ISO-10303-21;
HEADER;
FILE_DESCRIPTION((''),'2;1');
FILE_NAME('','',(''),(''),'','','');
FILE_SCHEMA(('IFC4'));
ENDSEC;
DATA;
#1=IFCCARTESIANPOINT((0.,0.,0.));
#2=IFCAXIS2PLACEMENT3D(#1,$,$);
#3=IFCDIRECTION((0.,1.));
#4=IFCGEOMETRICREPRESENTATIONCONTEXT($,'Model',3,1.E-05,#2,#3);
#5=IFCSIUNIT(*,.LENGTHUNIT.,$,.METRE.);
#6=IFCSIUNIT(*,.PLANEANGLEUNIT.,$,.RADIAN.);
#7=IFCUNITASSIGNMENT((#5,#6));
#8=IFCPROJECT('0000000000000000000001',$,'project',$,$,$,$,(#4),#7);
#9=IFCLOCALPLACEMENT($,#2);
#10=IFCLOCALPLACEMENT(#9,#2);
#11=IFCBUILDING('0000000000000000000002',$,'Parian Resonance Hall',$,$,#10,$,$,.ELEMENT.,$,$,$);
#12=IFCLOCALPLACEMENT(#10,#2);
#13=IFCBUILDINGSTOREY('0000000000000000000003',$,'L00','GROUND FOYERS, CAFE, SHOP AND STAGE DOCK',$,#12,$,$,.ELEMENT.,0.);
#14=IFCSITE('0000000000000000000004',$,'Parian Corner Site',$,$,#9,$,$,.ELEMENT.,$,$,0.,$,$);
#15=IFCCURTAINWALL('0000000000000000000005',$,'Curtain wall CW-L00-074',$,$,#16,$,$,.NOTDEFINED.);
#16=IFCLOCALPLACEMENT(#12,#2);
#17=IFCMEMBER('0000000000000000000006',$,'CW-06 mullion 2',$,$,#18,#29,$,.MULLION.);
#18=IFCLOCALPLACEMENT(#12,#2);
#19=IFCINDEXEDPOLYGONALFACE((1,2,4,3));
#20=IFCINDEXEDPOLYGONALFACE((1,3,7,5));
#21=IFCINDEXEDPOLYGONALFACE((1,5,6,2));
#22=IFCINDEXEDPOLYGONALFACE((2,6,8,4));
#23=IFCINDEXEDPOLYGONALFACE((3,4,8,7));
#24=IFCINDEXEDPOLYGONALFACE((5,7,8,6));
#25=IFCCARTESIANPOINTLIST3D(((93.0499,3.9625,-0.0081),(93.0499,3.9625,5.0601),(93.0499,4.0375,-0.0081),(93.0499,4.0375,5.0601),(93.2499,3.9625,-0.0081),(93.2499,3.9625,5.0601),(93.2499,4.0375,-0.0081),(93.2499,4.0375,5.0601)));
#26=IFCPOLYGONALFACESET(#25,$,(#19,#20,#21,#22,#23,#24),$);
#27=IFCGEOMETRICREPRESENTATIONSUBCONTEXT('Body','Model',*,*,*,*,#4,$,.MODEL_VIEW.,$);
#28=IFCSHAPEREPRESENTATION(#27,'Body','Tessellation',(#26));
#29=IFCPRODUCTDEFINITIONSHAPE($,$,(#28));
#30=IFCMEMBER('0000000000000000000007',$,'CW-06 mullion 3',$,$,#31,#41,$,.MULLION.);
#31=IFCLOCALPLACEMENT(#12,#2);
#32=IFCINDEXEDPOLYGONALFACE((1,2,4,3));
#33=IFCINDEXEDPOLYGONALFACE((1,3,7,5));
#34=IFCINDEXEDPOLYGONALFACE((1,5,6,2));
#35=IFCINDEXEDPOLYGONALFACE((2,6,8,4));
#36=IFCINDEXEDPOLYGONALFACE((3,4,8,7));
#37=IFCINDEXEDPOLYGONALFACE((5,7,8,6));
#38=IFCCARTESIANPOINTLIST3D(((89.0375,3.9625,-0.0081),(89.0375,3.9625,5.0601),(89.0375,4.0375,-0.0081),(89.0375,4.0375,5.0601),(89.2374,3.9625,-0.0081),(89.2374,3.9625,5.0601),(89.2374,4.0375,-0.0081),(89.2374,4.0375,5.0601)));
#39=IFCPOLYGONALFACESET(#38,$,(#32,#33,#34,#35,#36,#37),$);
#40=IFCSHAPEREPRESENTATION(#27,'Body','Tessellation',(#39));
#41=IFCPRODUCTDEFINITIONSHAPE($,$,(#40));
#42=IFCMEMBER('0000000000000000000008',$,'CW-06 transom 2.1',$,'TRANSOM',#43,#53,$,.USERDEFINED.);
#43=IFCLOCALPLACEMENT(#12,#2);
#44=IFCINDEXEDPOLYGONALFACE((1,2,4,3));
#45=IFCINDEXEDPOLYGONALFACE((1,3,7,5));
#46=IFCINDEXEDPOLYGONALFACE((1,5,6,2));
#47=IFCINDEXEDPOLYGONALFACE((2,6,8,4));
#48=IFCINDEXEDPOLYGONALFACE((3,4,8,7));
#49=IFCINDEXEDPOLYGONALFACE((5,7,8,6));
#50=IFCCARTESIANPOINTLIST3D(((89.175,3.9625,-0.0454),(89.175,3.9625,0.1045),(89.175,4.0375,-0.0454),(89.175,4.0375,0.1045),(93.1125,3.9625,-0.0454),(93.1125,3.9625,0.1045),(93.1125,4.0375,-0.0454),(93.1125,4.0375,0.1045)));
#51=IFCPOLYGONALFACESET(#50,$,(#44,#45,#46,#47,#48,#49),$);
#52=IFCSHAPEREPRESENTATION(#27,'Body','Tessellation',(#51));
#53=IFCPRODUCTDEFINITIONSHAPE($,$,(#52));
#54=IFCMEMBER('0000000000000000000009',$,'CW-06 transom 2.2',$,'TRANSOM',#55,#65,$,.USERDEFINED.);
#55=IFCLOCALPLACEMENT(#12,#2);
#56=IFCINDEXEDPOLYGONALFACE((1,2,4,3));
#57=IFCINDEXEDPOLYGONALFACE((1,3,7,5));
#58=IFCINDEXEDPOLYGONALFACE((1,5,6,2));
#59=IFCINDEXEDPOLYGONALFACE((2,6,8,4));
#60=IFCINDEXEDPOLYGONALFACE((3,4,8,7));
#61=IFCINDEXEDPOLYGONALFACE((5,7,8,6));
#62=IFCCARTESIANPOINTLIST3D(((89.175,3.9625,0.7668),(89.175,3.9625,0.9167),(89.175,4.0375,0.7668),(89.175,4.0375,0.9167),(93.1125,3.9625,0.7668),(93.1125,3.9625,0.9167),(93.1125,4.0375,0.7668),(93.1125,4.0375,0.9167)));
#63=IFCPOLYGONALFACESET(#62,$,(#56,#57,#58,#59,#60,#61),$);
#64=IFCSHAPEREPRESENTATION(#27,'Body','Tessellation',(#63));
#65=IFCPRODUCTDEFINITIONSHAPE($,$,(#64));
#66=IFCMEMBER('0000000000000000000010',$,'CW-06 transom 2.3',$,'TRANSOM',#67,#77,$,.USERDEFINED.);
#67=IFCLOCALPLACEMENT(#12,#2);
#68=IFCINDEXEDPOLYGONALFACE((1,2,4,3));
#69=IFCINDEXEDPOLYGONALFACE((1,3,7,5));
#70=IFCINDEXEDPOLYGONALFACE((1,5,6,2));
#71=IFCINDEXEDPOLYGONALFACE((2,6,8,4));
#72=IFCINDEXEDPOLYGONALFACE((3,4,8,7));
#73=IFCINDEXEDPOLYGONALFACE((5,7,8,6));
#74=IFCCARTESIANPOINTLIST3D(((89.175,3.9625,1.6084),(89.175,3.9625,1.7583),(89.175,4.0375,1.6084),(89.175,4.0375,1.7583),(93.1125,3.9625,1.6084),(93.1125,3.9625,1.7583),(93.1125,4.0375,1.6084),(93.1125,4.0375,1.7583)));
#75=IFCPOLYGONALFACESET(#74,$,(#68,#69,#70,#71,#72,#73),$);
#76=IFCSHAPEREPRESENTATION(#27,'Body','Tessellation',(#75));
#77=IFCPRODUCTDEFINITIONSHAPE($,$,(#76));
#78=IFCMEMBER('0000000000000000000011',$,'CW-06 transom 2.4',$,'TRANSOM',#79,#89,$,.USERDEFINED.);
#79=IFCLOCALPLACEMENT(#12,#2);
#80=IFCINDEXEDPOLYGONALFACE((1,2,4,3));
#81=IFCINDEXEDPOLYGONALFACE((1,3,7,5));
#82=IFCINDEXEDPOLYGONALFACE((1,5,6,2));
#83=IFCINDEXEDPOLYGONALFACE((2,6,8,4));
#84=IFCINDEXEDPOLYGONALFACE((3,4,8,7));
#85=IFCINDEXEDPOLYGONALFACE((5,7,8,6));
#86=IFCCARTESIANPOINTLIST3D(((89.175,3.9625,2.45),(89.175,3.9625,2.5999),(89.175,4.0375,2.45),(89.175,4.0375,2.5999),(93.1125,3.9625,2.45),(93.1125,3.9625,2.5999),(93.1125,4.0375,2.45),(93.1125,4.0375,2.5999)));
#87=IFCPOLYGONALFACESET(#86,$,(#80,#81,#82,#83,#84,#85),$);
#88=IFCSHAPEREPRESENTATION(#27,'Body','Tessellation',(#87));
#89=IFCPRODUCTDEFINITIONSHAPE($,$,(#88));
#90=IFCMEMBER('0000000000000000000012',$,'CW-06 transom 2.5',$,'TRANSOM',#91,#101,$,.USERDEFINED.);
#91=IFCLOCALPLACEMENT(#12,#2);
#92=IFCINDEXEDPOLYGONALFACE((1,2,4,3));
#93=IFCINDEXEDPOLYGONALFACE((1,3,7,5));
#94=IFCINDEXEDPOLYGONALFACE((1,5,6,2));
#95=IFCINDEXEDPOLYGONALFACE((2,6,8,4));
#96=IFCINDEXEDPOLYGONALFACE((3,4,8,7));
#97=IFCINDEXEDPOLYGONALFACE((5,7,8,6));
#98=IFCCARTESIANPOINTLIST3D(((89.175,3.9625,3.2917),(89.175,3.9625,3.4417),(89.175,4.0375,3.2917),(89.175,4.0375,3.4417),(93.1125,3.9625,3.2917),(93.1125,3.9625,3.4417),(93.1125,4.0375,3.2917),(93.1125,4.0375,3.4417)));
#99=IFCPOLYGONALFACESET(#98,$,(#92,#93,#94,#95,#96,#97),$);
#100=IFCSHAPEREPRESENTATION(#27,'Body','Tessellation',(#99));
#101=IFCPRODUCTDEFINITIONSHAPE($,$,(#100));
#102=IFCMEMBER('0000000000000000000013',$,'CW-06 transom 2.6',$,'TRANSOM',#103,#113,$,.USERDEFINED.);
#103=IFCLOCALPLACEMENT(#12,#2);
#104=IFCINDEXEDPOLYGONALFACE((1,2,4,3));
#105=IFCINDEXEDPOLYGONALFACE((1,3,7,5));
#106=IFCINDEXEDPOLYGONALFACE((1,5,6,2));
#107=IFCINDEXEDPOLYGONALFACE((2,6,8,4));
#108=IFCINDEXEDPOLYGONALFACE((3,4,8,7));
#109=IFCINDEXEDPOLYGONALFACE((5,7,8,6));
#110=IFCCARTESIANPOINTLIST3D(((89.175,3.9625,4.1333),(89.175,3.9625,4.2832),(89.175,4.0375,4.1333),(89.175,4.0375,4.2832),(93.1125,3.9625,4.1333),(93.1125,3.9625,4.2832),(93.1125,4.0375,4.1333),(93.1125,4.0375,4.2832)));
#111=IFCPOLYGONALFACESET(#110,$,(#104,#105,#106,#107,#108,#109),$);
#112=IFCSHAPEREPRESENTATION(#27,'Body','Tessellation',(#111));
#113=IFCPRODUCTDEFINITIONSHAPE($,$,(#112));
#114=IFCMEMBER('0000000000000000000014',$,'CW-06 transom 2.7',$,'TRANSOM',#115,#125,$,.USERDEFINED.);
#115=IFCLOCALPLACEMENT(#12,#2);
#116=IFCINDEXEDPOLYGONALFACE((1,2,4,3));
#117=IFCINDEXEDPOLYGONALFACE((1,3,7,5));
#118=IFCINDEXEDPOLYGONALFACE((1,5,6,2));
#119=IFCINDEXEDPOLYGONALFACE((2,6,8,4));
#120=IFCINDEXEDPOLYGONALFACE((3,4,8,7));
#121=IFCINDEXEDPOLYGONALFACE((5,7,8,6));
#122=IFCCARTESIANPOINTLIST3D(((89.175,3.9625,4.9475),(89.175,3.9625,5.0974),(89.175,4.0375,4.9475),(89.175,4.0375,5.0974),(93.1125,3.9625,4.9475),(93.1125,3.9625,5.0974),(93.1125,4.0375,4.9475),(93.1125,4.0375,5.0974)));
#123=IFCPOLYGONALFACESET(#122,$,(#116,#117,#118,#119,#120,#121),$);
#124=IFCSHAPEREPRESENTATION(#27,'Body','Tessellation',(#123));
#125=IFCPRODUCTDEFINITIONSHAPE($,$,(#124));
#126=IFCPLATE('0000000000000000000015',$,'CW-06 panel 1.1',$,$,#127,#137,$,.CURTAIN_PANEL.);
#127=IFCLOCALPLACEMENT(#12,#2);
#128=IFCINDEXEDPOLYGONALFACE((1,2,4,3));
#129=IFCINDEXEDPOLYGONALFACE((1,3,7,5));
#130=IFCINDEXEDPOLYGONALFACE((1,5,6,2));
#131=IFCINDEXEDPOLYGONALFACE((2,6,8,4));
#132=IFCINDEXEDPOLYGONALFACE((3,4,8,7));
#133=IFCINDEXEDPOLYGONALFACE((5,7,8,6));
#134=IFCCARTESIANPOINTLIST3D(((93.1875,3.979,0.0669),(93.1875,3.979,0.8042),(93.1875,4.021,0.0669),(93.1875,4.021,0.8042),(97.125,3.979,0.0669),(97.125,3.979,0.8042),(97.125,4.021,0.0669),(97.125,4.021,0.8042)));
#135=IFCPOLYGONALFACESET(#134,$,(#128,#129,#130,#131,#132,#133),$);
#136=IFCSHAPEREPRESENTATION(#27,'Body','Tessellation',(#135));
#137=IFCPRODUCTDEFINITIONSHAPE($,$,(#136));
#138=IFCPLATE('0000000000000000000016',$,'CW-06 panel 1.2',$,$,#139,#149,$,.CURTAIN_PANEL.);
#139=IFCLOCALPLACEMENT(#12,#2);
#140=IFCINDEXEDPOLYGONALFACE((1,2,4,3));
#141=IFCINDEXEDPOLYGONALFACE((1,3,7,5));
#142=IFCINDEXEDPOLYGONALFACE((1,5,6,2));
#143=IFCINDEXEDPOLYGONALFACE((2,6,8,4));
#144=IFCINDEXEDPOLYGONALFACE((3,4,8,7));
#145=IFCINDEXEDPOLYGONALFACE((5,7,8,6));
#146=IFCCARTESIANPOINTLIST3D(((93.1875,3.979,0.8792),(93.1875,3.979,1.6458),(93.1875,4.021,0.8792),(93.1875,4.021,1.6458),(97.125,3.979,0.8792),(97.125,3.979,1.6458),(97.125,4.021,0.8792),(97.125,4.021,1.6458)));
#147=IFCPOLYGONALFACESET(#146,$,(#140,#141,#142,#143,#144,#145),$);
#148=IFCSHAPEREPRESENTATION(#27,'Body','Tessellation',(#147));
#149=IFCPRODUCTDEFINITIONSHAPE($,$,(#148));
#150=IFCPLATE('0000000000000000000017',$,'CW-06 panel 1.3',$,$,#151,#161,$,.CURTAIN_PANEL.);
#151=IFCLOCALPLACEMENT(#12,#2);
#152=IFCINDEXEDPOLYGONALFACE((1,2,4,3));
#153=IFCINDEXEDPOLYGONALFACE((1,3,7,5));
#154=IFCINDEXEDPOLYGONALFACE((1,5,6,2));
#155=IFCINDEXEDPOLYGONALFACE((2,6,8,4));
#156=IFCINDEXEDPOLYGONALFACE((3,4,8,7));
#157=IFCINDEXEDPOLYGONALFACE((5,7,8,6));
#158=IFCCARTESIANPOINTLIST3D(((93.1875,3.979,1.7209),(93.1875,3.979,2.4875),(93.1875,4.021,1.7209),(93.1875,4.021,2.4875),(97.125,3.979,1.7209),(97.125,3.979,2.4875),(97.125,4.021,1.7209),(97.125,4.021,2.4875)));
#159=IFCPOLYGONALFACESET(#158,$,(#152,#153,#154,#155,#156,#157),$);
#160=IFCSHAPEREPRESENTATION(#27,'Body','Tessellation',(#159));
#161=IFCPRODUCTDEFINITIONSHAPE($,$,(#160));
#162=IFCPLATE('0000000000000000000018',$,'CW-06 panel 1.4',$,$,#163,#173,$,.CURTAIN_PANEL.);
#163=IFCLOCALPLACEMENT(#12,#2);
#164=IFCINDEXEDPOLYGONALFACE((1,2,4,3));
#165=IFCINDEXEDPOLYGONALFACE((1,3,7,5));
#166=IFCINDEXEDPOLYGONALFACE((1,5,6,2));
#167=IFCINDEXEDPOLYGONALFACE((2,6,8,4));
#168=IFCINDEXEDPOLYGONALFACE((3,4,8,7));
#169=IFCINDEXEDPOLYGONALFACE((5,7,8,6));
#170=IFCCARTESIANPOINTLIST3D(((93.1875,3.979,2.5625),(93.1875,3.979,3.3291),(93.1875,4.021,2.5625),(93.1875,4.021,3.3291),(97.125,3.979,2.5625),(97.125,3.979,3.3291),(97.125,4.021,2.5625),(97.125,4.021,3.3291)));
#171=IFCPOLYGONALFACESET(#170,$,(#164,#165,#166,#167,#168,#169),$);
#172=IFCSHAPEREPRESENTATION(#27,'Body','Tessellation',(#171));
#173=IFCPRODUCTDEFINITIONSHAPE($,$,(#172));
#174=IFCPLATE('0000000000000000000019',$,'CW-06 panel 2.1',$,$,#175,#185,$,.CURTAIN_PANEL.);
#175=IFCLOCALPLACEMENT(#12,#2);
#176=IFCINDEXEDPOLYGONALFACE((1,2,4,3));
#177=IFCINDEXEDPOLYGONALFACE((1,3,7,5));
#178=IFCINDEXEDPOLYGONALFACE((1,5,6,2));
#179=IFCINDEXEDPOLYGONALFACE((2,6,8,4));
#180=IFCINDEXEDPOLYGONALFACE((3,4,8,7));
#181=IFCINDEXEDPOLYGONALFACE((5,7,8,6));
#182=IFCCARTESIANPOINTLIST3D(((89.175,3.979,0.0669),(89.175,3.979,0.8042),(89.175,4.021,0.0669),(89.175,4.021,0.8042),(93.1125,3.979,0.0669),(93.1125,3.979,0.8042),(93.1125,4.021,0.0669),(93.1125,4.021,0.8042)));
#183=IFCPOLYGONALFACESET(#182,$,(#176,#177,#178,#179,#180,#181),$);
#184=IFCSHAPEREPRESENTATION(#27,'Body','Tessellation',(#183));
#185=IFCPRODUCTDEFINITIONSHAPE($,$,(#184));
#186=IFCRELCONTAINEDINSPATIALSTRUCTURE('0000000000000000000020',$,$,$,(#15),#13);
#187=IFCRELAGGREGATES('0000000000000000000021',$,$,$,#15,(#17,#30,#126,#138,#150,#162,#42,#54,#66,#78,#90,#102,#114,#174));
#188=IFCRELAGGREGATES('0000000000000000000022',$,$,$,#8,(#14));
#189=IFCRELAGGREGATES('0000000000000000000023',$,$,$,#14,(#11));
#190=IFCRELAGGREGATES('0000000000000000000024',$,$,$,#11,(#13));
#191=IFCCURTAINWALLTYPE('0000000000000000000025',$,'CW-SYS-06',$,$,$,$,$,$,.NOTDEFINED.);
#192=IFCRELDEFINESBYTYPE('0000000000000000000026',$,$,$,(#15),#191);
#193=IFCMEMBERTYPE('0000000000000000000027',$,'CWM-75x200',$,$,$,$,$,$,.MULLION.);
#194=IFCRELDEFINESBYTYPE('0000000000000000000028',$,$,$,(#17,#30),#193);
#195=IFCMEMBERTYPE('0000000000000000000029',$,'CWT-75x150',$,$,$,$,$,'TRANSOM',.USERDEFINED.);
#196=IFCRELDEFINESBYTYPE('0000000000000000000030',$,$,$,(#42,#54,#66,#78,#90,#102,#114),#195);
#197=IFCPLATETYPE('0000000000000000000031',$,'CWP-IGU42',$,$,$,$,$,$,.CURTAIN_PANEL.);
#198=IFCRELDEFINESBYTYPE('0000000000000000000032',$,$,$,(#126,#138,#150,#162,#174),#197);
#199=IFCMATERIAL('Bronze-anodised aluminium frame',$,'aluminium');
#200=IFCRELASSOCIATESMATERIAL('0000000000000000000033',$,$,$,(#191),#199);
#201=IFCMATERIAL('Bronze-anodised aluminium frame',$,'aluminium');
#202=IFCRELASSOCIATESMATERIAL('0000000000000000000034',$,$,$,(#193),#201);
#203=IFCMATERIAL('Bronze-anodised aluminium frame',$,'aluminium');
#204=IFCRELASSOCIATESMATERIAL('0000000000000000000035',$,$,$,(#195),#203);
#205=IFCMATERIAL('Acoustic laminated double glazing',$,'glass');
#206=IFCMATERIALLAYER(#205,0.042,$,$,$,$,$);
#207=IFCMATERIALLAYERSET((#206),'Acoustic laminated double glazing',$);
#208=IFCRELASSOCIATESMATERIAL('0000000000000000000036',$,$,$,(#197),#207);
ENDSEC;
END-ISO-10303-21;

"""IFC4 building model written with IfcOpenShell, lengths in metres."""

from ifc_helpers import new_model, si_unit, direction, frame, origin, origin_2d, place, context, subcontext, project, spatial, rectangle, extrude, material, layer, layer_set, material_profile, profile_set, type_object, element, aggregate, save


model = new_model("IFC4")

# Units and contexts
model_context = context("Model", 3, precision=1e-05, world=origin(), true_north=direction((0.0, 1.0)))
body_context = subcontext(model_context, "Body", "Model", "MODEL_VIEW")
ifc_project = project(units=[si_unit("LENGTHUNIT", "METRE"), si_unit("PLANEANGLEUNIT", "RADIAN")], contexts=[model_context])

# Site, building, storey
site_placement = place(None, origin())
site = spatial("IfcSite", under=ifc_project, at=site_placement, Name="Parian Corner Site", CompositionType="ELEMENT", RefElevation=0.0)
building_placement = place(site_placement, origin())
building = spatial("IfcBuilding", under=site, at=building_placement, Name="Parian Resonance Hall", CompositionType="ELEMENT")
storey_placement = place(building_placement, origin())
storey = spatial("IfcBuildingStorey", under=building, at=storey_placement, Name="L00", Description="GROUND FOYERS, CAFE, SHOP AND STAGE DOCK", CompositionType="ELEMENT", Elevation=0.0)

# Curtain wall, members, plates
ifc_material_1 = material(Name="Bronze-anodised aluminium frame", Category="aluminium")
curtain_wall_type = type_object("IfcCurtainWallType", Name="CW-SYS-06", PredefinedType="NOTDEFINED", material=ifc_material_1)
curtain_wall_placement = place(storey_placement, origin())
curtain_wall = element("IfcCurtainWall", 1, at=curtain_wall_placement, inside=storey, type_object=curtain_wall_type, Name="Curtain wall CW-L00-074", PredefinedType="NOTDEFINED")
ifc_material_2 = material(Name="Bronze-anodised aluminium frame", Category="aluminium")
ifc_material_profile_1 = material_profile(ifc_material_2, rectangle(XDim=0.075, YDim=0.2, at=origin_2d()), Name="CWM-75x200")
ifc_profile_set_1 = profile_set([ifc_material_profile_1], Name="Bronze-anodised aluminium frame")
member_type_1 = type_object("IfcMemberType", Name="CWM-75x200", PredefinedType="MULLION", material=ifc_profile_set_1)
member_1_placement = place(storey_placement, frame((93.1499, 4.0, -0.0081), z_axis=(0.0, 0.0, 1.0), x_axis=(0.0, -1.0, 0.0)))
member_1 = element("IfcMember", 2, at=member_1_placement, type_object=member_type_1, Name="CW-06 mullion 2", PredefinedType="MULLION", context=body_context, shape_type="SweptSolid", body=[
    extrude(rectangle(XDim=0.075, YDim=0.2, at=origin_2d()), origin(), (0.0, 0.0, 1.0), 5.0681),
])
member_2_placement = place(storey_placement, frame((89.1375, 4.0, -0.0081), z_axis=(0.0, 0.0, 1.0), x_axis=(0.0, -1.0, 0.0)))
member_2 = element("IfcMember", 3, at=member_2_placement, type_object=member_type_1, Name="CW-06 mullion 3", PredefinedType="MULLION", context=body_context, shape_type="SweptSolid", body=[
    extrude(rectangle(XDim=0.075, YDim=0.2, at=origin_2d()), origin(), (0.0, 0.0, 1.0), 5.0681),
])
ifc_material_3 = material(Name="Bronze-anodised aluminium frame", Category="aluminium")
ifc_material_profile_2 = material_profile(ifc_material_3, rectangle(XDim=0.075, YDim=0.1499, at=origin_2d()), Name="CWT-75x150")
ifc_profile_set_2 = profile_set([ifc_material_profile_2], Name="Bronze-anodised aluminium frame")
member_type_2 = type_object("IfcMemberType", Name="CWT-75x150", ElementType="TRANSOM", PredefinedType="USERDEFINED", material=ifc_profile_set_2)
member_3_placement = place(storey_placement, frame((93.1125, 4.0, 0.0295), z_axis=(-1.0, 0.0, 0.0), x_axis=(0.0, -1.0, 0.0)))
member_3 = element("IfcMember", 4, at=member_3_placement, type_object=member_type_2, Name="CW-06 transom 2.1", ObjectType="TRANSOM", PredefinedType="USERDEFINED", context=body_context, shape_type="SweptSolid", body=[
    extrude(rectangle(XDim=0.075, YDim=0.1499, at=origin_2d()), origin(), (0.0, 0.0, 1.0), 3.9375),
])
member_4_placement = place(storey_placement, frame((93.1125, 4.0, 0.8418), z_axis=(-1.0, 0.0, 0.0), x_axis=(0.0, -1.0, 0.0)))
member_4 = element("IfcMember", 5, at=member_4_placement, type_object=member_type_2, Name="CW-06 transom 2.2", ObjectType="TRANSOM", PredefinedType="USERDEFINED", context=body_context, shape_type="SweptSolid", body=[
    extrude(rectangle(XDim=0.075, YDim=0.1499, at=origin_2d()), origin(), (0.0, 0.0, 1.0), 3.9375),
])
member_5_placement = place(storey_placement, frame((93.1125, 4.0, 1.6833), z_axis=(-1.0, 0.0, 0.0), x_axis=(0.0, -1.0, 0.0)))
member_5 = element("IfcMember", 6, at=member_5_placement, type_object=member_type_2, Name="CW-06 transom 2.3", ObjectType="TRANSOM", PredefinedType="USERDEFINED", context=body_context, shape_type="SweptSolid", body=[
    extrude(rectangle(XDim=0.075, YDim=0.1499, at=origin_2d()), origin(), (0.0, 0.0, 1.0), 3.9375),
])
member_6_placement = place(storey_placement, frame((93.1125, 4.0, 2.5249), z_axis=(-1.0, 0.0, 0.0), x_axis=(0.0, -1.0, 0.0)))
member_6 = element("IfcMember", 7, at=member_6_placement, type_object=member_type_2, Name="CW-06 transom 2.4", ObjectType="TRANSOM", PredefinedType="USERDEFINED", context=body_context, shape_type="SweptSolid", body=[
    extrude(rectangle(XDim=0.075, YDim=0.1499, at=origin_2d()), origin(), (0.0, 0.0, 1.0), 3.9375),
])
member_7_placement = place(storey_placement, frame((93.1125, 4.0, 3.3667), z_axis=(-1.0, 0.0, 0.0), x_axis=(0.0, -1.0, 0.0)))
member_7 = element("IfcMember", 8, at=member_7_placement, type_object=member_type_2, Name="CW-06 transom 2.5", ObjectType="TRANSOM", PredefinedType="USERDEFINED", context=body_context, shape_type="SweptSolid", body=[
    extrude(rectangle(XDim=0.075, YDim=0.1499, at=origin_2d()), origin(), (0.0, 0.0, 1.0), 3.9375),
])
member_8_placement = place(storey_placement, frame((93.1125, 4.0, 4.2083), z_axis=(-1.0, 0.0, 0.0), x_axis=(0.0, -1.0, 0.0)))
member_8 = element("IfcMember", 9, at=member_8_placement, type_object=member_type_2, Name="CW-06 transom 2.6", ObjectType="TRANSOM", PredefinedType="USERDEFINED", context=body_context, shape_type="SweptSolid", body=[
    extrude(rectangle(XDim=0.075, YDim=0.1499, at=origin_2d()), origin(), (0.0, 0.0, 1.0), 3.9375),
])
member_9_placement = place(storey_placement, frame((93.1125, 4.0, 5.0225), z_axis=(-1.0, 0.0, 0.0), x_axis=(0.0, -1.0, 0.0)))
member_9 = element("IfcMember", 10, at=member_9_placement, type_object=member_type_2, Name="CW-06 transom 2.7", ObjectType="TRANSOM", PredefinedType="USERDEFINED", context=body_context, shape_type="SweptSolid", body=[
    extrude(rectangle(XDim=0.075, YDim=0.1499, at=origin_2d()), origin(), (0.0, 0.0, 1.0), 3.9375),
])
ifc_material_4 = material(Name="Acoustic laminated double glazing", Category="glass")
ifc_layer_1 = layer(ifc_material_4, 0.042)
ifc_layer_set_1 = layer_set([ifc_layer_1], Name="Acoustic laminated double glazing")
plate_type = type_object("IfcPlateType", Name="CWP-IGU42", PredefinedType="CURTAIN_PANEL", material=ifc_layer_set_1)
plate_1_placement = place(storey_placement, frame((95.1562, 4.0, 0.0669), z_axis=(0.0, 0.0, 1.0), x_axis=(-1.0, 0.0, 0.0)))
plate_1 = element("IfcPlate", 11, at=plate_1_placement, type_object=plate_type, Name="CW-06 panel 1.1", PredefinedType="CURTAIN_PANEL", context=body_context, shape_type="SweptSolid", body=[
    extrude(rectangle(XDim=3.9375, YDim=0.042, at=origin_2d()), origin(), (0.0, 0.0, 1.0), 0.7373),
])
plate_2_placement = place(storey_placement, frame((95.1562, 4.0, 0.8792), z_axis=(0.0, 0.0, 1.0), x_axis=(-1.0, 0.0, 0.0)))
plate_2 = element("IfcPlate", 12, at=plate_2_placement, type_object=plate_type, Name="CW-06 panel 1.2", PredefinedType="CURTAIN_PANEL", context=body_context, shape_type="SweptSolid", body=[
    extrude(rectangle(XDim=3.9375, YDim=0.042, at=origin_2d()), origin(), (0.0, 0.0, 1.0), 0.7666),
])
plate_3_placement = place(storey_placement, frame((95.1562, 4.0, 1.7209), z_axis=(0.0, 0.0, 1.0), x_axis=(-1.0, 0.0, 0.0)))
plate_3 = element("IfcPlate", 13, at=plate_3_placement, type_object=plate_type, Name="CW-06 panel 1.3", PredefinedType="CURTAIN_PANEL", context=body_context, shape_type="SweptSolid", body=[
    extrude(rectangle(XDim=3.9375, YDim=0.042, at=origin_2d()), origin(), (0.0, 0.0, 1.0), 0.7666),
])
plate_4_placement = place(storey_placement, frame((95.1562, 4.0, 2.5625), z_axis=(0.0, 0.0, 1.0), x_axis=(-1.0, 0.0, 0.0)))
plate_4 = element("IfcPlate", 14, at=plate_4_placement, type_object=plate_type, Name="CW-06 panel 1.4", PredefinedType="CURTAIN_PANEL", context=body_context, shape_type="SweptSolid", body=[
    extrude(rectangle(XDim=3.9375, YDim=0.042, at=origin_2d()), origin(), (0.0, 0.0, 1.0), 0.7666),
])
plate_5_placement = place(storey_placement, frame((91.1438, 4.0, 0.0669), z_axis=(0.0, 0.0, 1.0), x_axis=(-1.0, 0.0, 0.0)))
plate_5 = element("IfcPlate", 15, at=plate_5_placement, type_object=plate_type, Name="CW-06 panel 2.1", PredefinedType="CURTAIN_PANEL", context=body_context, shape_type="SweptSolid", body=[
    extrude(rectangle(XDim=3.9375, YDim=0.042, at=origin_2d()), origin(), (0.0, 0.0, 1.0), 0.7373),
])
aggregate(curtain_wall, [member_1, member_2, plate_1, plate_2, plate_3, plate_4, member_3, member_4, member_5, member_6, member_7, member_8, member_9, plate_5])

save(model, "model.ifc")
